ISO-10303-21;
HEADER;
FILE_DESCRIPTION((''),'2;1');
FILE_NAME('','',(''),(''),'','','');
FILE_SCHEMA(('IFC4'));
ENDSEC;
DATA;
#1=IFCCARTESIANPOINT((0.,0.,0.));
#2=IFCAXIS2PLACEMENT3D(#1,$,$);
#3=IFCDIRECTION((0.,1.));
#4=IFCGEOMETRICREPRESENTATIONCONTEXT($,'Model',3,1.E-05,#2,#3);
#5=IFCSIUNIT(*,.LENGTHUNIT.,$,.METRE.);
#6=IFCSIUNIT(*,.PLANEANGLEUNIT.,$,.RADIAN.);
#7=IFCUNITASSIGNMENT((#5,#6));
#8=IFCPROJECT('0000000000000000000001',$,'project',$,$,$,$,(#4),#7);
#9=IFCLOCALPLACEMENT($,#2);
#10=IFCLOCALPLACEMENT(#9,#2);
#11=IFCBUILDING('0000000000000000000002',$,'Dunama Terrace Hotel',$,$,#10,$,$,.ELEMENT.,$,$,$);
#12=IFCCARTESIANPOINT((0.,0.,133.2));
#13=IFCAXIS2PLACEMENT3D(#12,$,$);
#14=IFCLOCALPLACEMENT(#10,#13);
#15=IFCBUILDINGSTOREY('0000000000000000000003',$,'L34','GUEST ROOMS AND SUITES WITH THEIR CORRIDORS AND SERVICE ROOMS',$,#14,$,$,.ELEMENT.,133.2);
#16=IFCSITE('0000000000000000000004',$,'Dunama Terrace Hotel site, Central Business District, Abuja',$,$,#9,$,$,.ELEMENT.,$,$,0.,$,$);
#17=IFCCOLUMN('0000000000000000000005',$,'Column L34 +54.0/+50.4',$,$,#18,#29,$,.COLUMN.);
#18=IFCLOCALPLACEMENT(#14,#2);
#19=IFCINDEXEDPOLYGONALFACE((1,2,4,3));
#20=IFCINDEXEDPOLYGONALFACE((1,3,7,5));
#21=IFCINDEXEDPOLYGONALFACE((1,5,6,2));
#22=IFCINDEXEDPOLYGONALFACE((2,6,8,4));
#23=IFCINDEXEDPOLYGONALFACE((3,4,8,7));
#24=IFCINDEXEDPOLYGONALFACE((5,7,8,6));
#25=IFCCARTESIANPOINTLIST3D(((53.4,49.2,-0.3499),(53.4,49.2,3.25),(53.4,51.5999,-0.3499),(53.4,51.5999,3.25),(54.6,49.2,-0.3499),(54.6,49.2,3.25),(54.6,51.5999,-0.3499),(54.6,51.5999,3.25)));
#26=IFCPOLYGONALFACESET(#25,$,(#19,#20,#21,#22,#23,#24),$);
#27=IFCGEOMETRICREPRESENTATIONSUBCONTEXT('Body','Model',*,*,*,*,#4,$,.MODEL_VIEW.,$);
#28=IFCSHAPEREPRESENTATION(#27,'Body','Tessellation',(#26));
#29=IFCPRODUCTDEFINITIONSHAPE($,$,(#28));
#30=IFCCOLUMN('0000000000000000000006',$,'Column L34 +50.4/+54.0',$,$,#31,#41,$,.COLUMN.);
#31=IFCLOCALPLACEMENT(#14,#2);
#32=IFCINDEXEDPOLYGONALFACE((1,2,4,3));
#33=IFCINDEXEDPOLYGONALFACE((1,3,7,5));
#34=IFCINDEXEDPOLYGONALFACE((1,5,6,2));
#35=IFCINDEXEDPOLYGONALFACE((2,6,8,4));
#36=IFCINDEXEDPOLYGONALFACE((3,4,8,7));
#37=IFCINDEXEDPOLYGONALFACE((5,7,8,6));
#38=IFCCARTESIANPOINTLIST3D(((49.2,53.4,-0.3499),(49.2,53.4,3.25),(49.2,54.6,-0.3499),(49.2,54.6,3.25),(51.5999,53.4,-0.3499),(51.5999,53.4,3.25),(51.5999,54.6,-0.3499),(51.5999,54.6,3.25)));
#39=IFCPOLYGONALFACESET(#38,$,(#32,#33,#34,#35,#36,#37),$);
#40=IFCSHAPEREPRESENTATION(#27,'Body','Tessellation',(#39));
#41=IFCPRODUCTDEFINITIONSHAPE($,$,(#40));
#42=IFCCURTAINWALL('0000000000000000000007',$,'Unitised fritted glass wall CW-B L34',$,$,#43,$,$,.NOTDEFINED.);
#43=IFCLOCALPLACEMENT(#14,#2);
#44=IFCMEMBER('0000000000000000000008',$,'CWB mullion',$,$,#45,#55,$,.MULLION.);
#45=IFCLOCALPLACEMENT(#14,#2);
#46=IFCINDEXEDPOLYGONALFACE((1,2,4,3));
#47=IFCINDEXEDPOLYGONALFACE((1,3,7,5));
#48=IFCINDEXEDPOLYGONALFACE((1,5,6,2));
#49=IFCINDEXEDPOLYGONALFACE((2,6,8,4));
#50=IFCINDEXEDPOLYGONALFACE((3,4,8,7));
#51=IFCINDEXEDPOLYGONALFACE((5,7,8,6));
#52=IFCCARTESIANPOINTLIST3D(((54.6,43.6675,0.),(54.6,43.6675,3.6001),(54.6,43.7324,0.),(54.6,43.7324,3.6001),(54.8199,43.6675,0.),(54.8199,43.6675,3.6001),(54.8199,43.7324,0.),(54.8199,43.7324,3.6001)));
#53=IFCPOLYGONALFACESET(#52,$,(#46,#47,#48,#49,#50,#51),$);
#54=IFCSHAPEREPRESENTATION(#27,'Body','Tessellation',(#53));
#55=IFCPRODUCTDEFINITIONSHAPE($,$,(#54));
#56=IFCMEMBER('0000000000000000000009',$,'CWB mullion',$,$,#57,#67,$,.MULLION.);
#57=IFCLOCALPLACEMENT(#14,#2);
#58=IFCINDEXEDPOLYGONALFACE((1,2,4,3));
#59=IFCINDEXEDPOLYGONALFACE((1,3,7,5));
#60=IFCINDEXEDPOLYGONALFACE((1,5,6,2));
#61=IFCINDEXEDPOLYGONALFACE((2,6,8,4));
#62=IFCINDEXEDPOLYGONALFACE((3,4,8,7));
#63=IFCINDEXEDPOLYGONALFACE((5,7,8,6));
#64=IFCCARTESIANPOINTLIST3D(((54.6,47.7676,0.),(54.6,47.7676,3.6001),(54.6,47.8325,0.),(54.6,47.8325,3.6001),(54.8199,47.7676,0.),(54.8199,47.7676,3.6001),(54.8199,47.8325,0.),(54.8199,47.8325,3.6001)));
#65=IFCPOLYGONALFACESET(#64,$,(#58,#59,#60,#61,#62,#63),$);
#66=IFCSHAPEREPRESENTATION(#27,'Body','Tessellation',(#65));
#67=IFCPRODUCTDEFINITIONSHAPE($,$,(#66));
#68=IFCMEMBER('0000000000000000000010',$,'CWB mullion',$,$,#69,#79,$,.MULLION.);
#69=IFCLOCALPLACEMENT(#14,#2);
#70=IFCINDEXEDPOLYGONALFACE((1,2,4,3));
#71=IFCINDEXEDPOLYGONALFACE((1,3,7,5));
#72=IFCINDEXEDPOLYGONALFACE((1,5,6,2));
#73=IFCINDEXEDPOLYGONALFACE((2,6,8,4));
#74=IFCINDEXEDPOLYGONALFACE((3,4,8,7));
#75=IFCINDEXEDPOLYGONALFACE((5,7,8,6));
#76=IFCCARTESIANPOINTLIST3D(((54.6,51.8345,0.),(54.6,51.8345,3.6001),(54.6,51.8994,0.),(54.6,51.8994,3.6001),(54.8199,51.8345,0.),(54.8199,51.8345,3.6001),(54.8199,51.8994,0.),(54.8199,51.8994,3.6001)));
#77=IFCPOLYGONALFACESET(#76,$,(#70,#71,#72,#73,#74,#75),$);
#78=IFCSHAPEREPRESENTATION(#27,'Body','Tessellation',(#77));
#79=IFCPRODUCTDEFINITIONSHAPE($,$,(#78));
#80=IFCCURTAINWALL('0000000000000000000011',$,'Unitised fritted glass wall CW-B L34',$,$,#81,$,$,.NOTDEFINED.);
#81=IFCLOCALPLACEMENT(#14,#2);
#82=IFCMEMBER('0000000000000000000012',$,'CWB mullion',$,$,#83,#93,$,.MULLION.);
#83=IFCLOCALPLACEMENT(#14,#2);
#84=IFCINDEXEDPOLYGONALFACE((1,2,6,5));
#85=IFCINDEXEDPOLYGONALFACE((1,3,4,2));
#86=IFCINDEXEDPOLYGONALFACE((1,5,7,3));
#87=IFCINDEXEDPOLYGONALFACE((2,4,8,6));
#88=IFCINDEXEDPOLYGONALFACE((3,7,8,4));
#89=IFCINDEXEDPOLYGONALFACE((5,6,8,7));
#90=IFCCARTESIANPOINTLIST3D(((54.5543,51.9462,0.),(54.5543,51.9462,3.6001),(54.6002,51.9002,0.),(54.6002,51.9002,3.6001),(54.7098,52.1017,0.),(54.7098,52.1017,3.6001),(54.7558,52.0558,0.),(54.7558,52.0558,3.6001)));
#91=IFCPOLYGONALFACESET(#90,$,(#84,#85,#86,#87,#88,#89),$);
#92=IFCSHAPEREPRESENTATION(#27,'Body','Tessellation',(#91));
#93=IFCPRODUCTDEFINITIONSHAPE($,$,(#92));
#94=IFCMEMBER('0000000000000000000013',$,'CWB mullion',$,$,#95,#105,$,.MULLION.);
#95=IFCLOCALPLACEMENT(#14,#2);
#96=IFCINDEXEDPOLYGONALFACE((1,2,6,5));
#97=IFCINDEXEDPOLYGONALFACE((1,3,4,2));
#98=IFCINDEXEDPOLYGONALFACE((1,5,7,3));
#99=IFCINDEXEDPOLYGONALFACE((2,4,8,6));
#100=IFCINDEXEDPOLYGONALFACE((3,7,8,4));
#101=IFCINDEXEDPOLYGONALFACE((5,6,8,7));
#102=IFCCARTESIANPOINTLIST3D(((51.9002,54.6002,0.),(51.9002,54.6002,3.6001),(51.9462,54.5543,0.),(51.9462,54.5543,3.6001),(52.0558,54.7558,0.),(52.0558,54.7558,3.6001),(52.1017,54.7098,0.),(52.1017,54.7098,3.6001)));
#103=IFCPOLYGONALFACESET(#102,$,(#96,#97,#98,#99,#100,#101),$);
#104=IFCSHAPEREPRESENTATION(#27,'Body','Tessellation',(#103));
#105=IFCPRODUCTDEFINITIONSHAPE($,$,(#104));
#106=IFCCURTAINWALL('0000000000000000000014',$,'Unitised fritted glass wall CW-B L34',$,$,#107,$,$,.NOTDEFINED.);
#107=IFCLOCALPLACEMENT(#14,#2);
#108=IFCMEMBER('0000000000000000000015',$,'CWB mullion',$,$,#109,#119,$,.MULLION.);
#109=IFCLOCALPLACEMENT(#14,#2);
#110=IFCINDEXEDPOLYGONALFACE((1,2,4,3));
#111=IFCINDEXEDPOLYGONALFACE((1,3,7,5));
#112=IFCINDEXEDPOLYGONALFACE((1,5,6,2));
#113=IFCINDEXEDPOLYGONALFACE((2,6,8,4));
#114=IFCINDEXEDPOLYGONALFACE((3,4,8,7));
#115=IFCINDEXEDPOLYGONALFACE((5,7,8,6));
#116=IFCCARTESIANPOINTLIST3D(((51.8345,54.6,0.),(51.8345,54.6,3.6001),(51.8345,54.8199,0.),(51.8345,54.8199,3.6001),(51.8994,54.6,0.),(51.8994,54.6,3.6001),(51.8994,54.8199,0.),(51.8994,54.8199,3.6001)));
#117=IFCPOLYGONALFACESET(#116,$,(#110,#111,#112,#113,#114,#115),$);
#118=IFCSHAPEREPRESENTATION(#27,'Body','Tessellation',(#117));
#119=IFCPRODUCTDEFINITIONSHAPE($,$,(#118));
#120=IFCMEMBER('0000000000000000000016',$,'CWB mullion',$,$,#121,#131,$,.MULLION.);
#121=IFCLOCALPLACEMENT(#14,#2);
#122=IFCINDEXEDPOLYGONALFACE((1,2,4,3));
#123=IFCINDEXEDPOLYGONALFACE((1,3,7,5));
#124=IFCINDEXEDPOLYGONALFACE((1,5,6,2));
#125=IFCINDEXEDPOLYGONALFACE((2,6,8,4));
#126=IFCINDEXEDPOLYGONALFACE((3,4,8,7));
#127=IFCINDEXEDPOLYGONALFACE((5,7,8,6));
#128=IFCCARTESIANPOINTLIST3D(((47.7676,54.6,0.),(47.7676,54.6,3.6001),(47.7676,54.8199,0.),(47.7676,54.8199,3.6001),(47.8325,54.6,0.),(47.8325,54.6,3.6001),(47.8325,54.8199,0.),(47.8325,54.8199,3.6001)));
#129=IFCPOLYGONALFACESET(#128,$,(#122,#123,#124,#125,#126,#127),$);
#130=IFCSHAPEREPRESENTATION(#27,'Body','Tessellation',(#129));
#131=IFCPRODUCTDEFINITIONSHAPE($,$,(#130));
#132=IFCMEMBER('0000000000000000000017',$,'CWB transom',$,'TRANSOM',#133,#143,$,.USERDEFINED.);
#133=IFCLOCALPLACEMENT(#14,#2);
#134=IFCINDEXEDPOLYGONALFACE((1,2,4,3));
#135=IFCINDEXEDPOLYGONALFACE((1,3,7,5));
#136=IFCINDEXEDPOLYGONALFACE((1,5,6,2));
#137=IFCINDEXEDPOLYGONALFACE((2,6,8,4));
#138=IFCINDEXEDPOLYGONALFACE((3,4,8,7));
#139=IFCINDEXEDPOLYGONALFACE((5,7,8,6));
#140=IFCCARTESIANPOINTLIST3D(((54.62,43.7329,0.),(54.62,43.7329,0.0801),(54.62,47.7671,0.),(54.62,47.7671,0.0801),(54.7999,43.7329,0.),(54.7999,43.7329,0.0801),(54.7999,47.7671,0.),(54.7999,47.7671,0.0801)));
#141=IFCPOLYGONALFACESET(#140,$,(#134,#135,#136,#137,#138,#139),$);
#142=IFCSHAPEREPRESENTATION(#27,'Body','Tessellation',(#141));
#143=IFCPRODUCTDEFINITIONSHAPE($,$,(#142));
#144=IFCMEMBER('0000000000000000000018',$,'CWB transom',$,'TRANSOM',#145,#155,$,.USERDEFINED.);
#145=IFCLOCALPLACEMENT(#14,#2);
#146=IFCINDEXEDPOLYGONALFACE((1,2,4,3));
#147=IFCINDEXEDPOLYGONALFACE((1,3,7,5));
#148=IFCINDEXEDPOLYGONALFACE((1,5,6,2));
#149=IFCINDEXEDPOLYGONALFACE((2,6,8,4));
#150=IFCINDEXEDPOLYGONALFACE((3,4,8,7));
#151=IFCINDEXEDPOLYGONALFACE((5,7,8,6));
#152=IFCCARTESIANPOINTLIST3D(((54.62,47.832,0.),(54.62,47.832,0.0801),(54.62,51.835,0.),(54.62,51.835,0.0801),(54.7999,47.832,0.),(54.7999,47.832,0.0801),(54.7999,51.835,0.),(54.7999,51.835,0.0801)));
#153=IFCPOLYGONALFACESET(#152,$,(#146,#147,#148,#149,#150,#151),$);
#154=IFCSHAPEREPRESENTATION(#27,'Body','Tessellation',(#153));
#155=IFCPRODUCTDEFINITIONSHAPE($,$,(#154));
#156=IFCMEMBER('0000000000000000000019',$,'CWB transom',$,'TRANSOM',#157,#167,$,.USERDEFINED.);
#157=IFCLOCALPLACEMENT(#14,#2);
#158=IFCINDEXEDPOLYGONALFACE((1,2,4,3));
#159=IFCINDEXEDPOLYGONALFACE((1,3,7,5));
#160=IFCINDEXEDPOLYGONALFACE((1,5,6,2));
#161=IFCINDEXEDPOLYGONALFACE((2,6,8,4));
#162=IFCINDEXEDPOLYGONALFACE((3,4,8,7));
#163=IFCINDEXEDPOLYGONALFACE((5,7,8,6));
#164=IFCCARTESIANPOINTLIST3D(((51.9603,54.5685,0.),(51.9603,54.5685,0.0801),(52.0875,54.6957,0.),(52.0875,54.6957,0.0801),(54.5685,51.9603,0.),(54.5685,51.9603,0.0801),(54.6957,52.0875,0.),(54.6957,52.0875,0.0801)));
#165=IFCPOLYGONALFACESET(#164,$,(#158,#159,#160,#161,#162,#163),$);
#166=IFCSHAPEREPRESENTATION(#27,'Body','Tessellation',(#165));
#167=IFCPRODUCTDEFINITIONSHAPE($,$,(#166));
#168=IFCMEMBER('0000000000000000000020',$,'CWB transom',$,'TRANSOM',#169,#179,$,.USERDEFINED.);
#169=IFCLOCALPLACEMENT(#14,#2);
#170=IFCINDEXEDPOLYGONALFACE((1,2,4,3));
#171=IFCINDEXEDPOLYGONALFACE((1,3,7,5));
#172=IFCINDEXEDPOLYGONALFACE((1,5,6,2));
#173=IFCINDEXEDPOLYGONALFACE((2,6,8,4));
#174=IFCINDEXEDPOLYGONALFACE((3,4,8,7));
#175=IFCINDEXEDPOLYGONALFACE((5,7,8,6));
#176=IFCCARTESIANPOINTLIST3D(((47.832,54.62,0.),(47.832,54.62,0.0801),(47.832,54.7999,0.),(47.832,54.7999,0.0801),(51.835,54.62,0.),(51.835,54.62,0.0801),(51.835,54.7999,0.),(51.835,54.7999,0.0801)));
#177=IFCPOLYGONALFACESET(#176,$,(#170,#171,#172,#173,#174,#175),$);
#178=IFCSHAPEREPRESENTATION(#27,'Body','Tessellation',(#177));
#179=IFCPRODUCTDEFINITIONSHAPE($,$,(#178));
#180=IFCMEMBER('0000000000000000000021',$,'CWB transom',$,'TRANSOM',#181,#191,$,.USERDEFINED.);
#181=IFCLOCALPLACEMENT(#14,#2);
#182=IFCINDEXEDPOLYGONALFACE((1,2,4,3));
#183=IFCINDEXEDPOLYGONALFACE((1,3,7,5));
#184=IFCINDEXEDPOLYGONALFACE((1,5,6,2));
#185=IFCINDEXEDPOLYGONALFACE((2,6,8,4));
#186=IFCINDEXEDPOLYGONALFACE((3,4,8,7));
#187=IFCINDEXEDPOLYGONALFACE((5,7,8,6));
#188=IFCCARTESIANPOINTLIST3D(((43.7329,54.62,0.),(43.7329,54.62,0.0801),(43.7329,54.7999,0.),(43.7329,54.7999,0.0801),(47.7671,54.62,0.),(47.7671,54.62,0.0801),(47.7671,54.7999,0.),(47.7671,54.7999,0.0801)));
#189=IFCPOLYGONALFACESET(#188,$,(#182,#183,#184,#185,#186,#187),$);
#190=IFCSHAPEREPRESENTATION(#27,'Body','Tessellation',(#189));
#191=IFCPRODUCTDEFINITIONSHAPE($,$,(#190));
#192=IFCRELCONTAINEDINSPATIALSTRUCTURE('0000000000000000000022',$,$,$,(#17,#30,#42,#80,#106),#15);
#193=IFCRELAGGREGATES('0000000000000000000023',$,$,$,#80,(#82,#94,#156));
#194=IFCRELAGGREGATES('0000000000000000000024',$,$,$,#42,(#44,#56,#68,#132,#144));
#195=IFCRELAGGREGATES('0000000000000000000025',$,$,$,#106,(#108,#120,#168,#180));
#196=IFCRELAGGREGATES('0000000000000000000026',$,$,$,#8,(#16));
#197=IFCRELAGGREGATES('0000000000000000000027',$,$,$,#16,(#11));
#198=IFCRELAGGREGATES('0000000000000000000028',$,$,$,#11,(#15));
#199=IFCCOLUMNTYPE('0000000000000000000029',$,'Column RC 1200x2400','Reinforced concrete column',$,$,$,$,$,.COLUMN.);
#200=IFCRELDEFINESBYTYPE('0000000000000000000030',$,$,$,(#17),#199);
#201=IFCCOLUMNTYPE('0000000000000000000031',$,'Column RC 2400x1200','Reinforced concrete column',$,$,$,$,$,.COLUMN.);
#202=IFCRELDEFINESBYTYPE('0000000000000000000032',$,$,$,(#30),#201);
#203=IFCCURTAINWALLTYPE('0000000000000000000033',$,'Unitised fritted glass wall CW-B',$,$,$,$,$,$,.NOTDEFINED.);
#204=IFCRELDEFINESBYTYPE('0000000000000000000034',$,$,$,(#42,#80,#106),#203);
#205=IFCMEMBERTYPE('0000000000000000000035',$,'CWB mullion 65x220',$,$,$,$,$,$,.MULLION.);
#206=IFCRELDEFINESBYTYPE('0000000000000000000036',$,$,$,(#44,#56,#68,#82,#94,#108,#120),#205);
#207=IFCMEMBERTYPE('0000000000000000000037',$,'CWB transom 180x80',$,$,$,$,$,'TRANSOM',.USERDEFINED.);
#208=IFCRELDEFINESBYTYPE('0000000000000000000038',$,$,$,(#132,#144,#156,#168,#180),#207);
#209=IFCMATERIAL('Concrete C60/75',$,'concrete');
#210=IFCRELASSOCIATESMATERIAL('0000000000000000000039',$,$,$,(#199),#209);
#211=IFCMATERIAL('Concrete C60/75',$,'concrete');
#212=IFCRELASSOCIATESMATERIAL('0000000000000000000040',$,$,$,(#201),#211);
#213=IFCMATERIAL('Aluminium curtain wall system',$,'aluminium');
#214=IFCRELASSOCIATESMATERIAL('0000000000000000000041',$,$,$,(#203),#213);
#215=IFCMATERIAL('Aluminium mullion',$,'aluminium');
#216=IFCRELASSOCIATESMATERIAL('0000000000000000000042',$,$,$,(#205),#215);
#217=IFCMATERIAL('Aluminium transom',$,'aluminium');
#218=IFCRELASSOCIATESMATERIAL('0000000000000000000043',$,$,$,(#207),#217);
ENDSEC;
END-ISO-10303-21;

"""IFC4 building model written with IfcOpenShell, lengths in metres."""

from ifc_helpers import new_model, si_unit, direction, frame, origin, origin_2d, place, context, subcontext, project, spatial, rectangle, extrude, material, material_profile, profile_set, type_object, element, aggregate, save


model = new_model("IFC4")

# Units and contexts
model_context = context("Model", 3, precision=1e-05, world=origin(), true_north=direction((0.0, 1.0)))
body_context = subcontext(model_context, "Body", "Model", "MODEL_VIEW")
ifc_project = project(units=[si_unit("LENGTHUNIT", "METRE"), si_unit("PLANEANGLEUNIT", "RADIAN")], contexts=[model_context])

# Site, building, storey
site_placement = place(None, origin())
site = spatial("IfcSite", under=ifc_project, at=site_placement, Name="Dunama Terrace Hotel site, Central Business District, Abuja", CompositionType="ELEMENT", RefElevation=0.0)
building_placement = place(site_placement, origin())
building = spatial("IfcBuilding", under=site, at=building_placement, Name="Dunama Terrace Hotel", CompositionType="ELEMENT")
storey_placement = place(building_placement, frame((0.0, 0.0, 133.2)))
storey = spatial("IfcBuildingStorey", under=building, at=storey_placement, Name="L34", Description="GUEST ROOMS AND SUITES WITH THEIR CORRIDORS AND SERVICE ROOMS", CompositionType="ELEMENT", Elevation=133.2)

# Columns
ifc_material_1 = material(Name="Concrete C60/75", Category="concrete")
ifc_material_profile_1 = material_profile(ifc_material_1, rectangle(XDim=1.2, YDim=2.3999, at=origin_2d()), Name="RC 1200x2400")
ifc_profile_set_1 = profile_set([ifc_material_profile_1], Name="Concrete C60/75")
column_type_1 = type_object("IfcColumnType", Name="Column RC 1200x2400", Description="Reinforced concrete column", PredefinedType="COLUMN", material=ifc_profile_set_1)
column_1_placement = place(storey_placement, frame((54.0, 50.3999, -0.3499), z_axis=(0.0, 0.0, 1.0), x_axis=(1.0, 0.0, 0.0)))
element("IfcColumn", 1, at=column_1_placement, inside=storey, type_object=column_type_1, Name="Column L34 +54.0/+50.4", PredefinedType="COLUMN", context=body_context, shape_type="SweptSolid", body=[
    extrude(rectangle(XDim=1.2, YDim=2.3999, at=origin_2d()), origin(), (0.0, 0.0, 1.0), 3.5999),
])
ifc_material_2 = material(Name="Concrete C60/75", Category="concrete")
ifc_material_profile_2 = material_profile(ifc_material_2, rectangle(XDim=2.3999, YDim=1.2, at=origin_2d()), Name="RC 2400x1200")
ifc_profile_set_2 = profile_set([ifc_material_profile_2], Name="Concrete C60/75")
column_type_2 = type_object("IfcColumnType", Name="Column RC 2400x1200", Description="Reinforced concrete column", PredefinedType="COLUMN", material=ifc_profile_set_2)
column_2_placement = place(storey_placement, frame((50.3999, 54.0, -0.3499), z_axis=(0.0, 0.0, 1.0), x_axis=(1.0, 0.0, 0.0)))
element("IfcColumn", 2, at=column_2_placement, inside=storey, type_object=column_type_2, Name="Column L34 +50.4/+54.0", PredefinedType="COLUMN", context=body_context, shape_type="SweptSolid", body=[
    extrude(rectangle(XDim=2.3999, YDim=1.2, at=origin_2d()), origin(), (0.0, 0.0, 1.0), 3.5999),
])

# Curtain walls, members
ifc_material_3 = material(Name="Aluminium curtain wall system", Category="aluminium")
curtain_wall_type = type_object("IfcCurtainWallType", Name="Unitised fritted glass wall CW-B", PredefinedType="NOTDEFINED", material=ifc_material_3)
curtain_wall_1_placement = place(storey_placement, origin())
curtain_wall_1 = element("IfcCurtainWall", 3, at=curtain_wall_1_placement, inside=storey, type_object=curtain_wall_type, Name="Unitised fritted glass wall CW-B L34", PredefinedType="NOTDEFINED")
ifc_material_4 = material(Name="Aluminium mullion", Category="aluminium")
ifc_material_profile_3 = material_profile(ifc_material_4, rectangle(XDim=0.0649, YDim=0.22, at=origin_2d()), Name="CWB MULLION 65X220")
ifc_profile_set_3 = profile_set([ifc_material_profile_3], Name="Aluminium mullion")
member_type_1 = type_object("IfcMemberType", Name="CWB mullion 65x220", PredefinedType="MULLION", material=ifc_profile_set_3)
member_1_placement = place(storey_placement, frame((54.71, 43.7, 0.0), z_axis=(0.0, 0.0, 1.0), x_axis=(0.0, 1.0, 0.0)))
member_1 = element("IfcMember", 4, at=member_1_placement, type_object=member_type_1, Name="CWB mullion", PredefinedType="MULLION", context=body_context, shape_type="SweptSolid", body=[
    extrude(rectangle(XDim=0.0649, YDim=0.22, at=origin_2d()), origin(), (0.0, 0.0, 1.0), 3.6001),
])
member_2_placement = place(storey_placement, frame((54.71, 47.8, 0.0), z_axis=(0.0, 0.0, 1.0), x_axis=(0.0, 1.0, 0.0)))
member_2 = element("IfcMember", 5, at=member_2_placement, type_object=member_type_1, Name="CWB mullion", PredefinedType="MULLION", context=body_context, shape_type="SweptSolid", body=[
    extrude(rectangle(XDim=0.0649, YDim=0.22, at=origin_2d()), origin(), (0.0, 0.0, 1.0), 3.6001),
])
member_3_placement = place(storey_placement, frame((54.71, 51.8669, 0.0), z_axis=(0.0, 0.0, 1.0), x_axis=(0.0, 1.0, 0.0)))
member_3 = element("IfcMember", 6, at=member_3_placement, type_object=member_type_1, Name="CWB mullion", PredefinedType="MULLION", context=body_context, shape_type="SweptSolid", body=[
    extrude(rectangle(XDim=0.0649, YDim=0.22, at=origin_2d()), origin(), (0.0, 0.0, 1.0), 3.6001),
])
curtain_wall_2_placement = place(storey_placement, origin())
curtain_wall_2 = element("IfcCurtainWall", 7, at=curtain_wall_2_placement, inside=storey, type_object=curtain_wall_type, Name="Unitised fritted glass wall CW-B L34", PredefinedType="NOTDEFINED")
member_4_placement = place(storey_placement, frame((54.655, 52.001, 0.0), z_axis=(0.0, 0.0, 1.0), x_axis=(-0.707107, 0.707107, 0.0)))
member_4 = element("IfcMember", 8, at=member_4_placement, type_object=member_type_1, Name="CWB mullion", PredefinedType="MULLION", context=body_context, shape_type="SweptSolid", body=[
    extrude(rectangle(XDim=0.0649, YDim=0.22, at=origin_2d()), origin(), (0.0, 0.0, 1.0), 3.6001),
])
member_5_placement = place(storey_placement, frame((52.001, 54.655, 0.0), z_axis=(0.0, 0.0, 1.0), x_axis=(-0.707107, 0.707107, 0.0)))
member_5 = element("IfcMember", 9, at=member_5_placement, type_object=member_type_1, Name="CWB mullion", PredefinedType="MULLION", context=body_context, shape_type="SweptSolid", body=[
    extrude(rectangle(XDim=0.0649, YDim=0.22, at=origin_2d()), origin(), (0.0, 0.0, 1.0), 3.6001),
])
curtain_wall_3_placement = place(storey_placement, origin())
curtain_wall_3 = element("IfcCurtainWall", 10, at=curtain_wall_3_placement, inside=storey, type_object=curtain_wall_type, Name="Unitised fritted glass wall CW-B L34", PredefinedType="NOTDEFINED")
member_6_placement = place(storey_placement, frame((51.8669, 54.71, 0.0), z_axis=(0.0, 0.0, 1.0), x_axis=(-1.0, 0.0, 0.0)))
member_6 = element("IfcMember", 11, at=member_6_placement, type_object=member_type_1, Name="CWB mullion", PredefinedType="MULLION", context=body_context, shape_type="SweptSolid", body=[
    extrude(rectangle(XDim=0.0649, YDim=0.22, at=origin_2d()), origin(), (0.0, 0.0, 1.0), 3.6001),
])
member_7_placement = place(storey_placement, frame((47.8, 54.71, 0.0), z_axis=(0.0, 0.0, 1.0), x_axis=(-1.0, 0.0, 0.0)))
member_7 = element("IfcMember", 12, at=member_7_placement, type_object=member_type_1, Name="CWB mullion", PredefinedType="MULLION", context=body_context, shape_type="SweptSolid", body=[
    extrude(rectangle(XDim=0.0649, YDim=0.22, at=origin_2d()), origin(), (0.0, 0.0, 1.0), 3.6001),
])

# Members
ifc_material_5 = material(Name="Aluminium transom", Category="aluminium")
ifc_material_profile_4 = material_profile(ifc_material_5, rectangle(XDim=0.1799, YDim=0.0801, at=origin_2d()), Name="CWB TRANSOM 180X80")
ifc_profile_set_4 = profile_set([ifc_material_profile_4], Name="Aluminium transom")
member_type_2 = type_object("IfcMemberType", Name="CWB transom 180x80", ElementType="TRANSOM", PredefinedType="USERDEFINED", material=ifc_profile_set_4)
member_8_placement = place(storey_placement, frame((54.71, 43.7329, 0.04), z_axis=(0.0, 1.0, 0.0), x_axis=(-1.0, 0.0, 0.0)))
member_8 = element("IfcMember", 13, at=member_8_placement, type_object=member_type_2, Name="CWB transom", ObjectType="TRANSOM", PredefinedType="USERDEFINED", context=body_context, shape_type="SweptSolid", body=[
    extrude(rectangle(XDim=0.1799, YDim=0.0801, at=origin_2d()), origin(), (0.0, 0.0, 1.0), 4.0342),
])
member_9_placement = place(storey_placement, frame((54.71, 47.832, 0.04), z_axis=(0.0, 1.0, 0.0), x_axis=(-1.0, 0.0, 0.0)))
member_9 = element("IfcMember", 14, at=member_9_placement, type_object=member_type_2, Name="CWB transom", ObjectType="TRANSOM", PredefinedType="USERDEFINED", context=body_context, shape_type="SweptSolid", body=[
    extrude(rectangle(XDim=0.1799, YDim=0.0801, at=origin_2d()), origin(), (0.0, 0.0, 1.0), 4.0029),
])
member_10_placement = place(storey_placement, frame((54.6321, 52.0239, 0.04), z_axis=(-0.707107, 0.707107, 0.0), x_axis=(-0.707107, -0.707107, 0.0)))
member_10 = element("IfcMember", 15, at=member_10_placement, type_object=member_type_2, Name="CWB transom", ObjectType="TRANSOM", PredefinedType="USERDEFINED", context=body_context, shape_type="SweptSolid", body=[
    extrude(rectangle(XDim=0.1799, YDim=0.0801, at=origin_2d()), origin(), (0.0, 0.0, 1.0), 3.6885),
])
member_11_placement = place(storey_placement, frame((51.835, 54.71, 0.04), z_axis=(-1.0, 0.0, 0.0), x_axis=(0.0, -1.0, 0.0)))
member_11 = element("IfcMember", 16, at=member_11_placement, type_object=member_type_2, Name="CWB transom", ObjectType="TRANSOM", PredefinedType="USERDEFINED", context=body_context, shape_type="SweptSolid", body=[
    extrude(rectangle(XDim=0.1799, YDim=0.0801, at=origin_2d()), origin(), (0.0, 0.0, 1.0), 4.0029),
])
member_12_placement = place(storey_placement, frame((47.7671, 54.71, 0.04), z_axis=(-1.0, 0.0, 0.0), x_axis=(0.0, -1.0, 0.0)))
member_12 = element("IfcMember", 17, at=member_12_placement, type_object=member_type_2, Name="CWB transom", ObjectType="TRANSOM", PredefinedType="USERDEFINED", context=body_context, shape_type="SweptSolid", body=[
    extrude(rectangle(XDim=0.1799, YDim=0.0801, at=origin_2d()), origin(), (0.0, 0.0, 1.0), 4.0342),
])

aggregate(curtain_wall_2, [member_4, member_5, member_10])
aggregate(curtain_wall_1, [member_1, member_2, member_3, member_8, member_9])
aggregate(curtain_wall_3, [member_6, member_7, member_11, member_12])

save(model, "model.ifc")
